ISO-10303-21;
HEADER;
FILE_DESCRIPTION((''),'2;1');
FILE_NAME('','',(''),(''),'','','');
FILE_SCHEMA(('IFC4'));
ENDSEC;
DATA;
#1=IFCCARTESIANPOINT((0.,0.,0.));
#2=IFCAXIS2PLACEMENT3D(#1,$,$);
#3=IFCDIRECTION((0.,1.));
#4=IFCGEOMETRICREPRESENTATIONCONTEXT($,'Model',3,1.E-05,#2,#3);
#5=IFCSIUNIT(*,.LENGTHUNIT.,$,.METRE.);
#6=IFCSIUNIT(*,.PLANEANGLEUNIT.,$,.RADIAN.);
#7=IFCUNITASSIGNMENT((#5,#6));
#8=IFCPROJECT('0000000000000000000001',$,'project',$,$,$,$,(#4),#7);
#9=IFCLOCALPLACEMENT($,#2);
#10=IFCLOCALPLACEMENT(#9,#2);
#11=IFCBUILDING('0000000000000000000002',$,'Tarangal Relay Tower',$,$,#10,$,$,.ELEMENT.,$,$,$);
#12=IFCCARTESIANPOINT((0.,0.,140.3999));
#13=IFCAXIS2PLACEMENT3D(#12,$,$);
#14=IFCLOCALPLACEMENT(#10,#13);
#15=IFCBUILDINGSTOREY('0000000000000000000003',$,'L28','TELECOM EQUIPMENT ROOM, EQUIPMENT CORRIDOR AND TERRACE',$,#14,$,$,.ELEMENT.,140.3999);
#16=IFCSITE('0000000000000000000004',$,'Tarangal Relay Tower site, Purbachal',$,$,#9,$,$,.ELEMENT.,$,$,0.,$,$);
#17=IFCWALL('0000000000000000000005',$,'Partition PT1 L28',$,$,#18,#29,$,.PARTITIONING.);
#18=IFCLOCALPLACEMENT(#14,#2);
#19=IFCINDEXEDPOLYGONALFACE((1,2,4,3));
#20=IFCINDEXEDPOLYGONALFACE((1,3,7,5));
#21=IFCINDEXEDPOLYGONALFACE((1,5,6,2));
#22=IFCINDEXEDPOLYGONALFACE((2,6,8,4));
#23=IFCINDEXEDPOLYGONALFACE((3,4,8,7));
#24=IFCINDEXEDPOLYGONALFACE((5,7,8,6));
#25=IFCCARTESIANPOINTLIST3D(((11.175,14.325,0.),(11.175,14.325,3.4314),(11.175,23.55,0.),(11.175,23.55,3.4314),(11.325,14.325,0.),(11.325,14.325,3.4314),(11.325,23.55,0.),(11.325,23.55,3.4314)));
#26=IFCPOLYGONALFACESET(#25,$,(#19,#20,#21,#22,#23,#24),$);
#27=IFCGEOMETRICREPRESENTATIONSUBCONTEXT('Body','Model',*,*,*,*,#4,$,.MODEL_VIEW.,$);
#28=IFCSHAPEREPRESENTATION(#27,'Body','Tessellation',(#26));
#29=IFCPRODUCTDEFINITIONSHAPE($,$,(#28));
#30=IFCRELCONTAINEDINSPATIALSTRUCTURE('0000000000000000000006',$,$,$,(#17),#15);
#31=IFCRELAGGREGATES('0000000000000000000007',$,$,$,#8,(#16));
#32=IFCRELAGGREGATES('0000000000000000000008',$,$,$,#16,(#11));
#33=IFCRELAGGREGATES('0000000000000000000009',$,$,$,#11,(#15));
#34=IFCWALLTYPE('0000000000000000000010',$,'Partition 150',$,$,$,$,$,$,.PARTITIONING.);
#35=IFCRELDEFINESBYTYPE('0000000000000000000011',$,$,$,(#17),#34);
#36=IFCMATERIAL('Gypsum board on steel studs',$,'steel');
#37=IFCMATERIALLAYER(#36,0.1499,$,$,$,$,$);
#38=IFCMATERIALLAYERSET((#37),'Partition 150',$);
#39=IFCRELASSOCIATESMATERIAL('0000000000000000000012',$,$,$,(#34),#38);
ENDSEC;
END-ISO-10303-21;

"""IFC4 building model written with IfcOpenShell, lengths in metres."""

from ifc_helpers import new_model, si_unit, direction, frame, frame_2d, origin, place, context, subcontext, project, spatial, rectangle, extrude, material, layer, layer_set, type_object, element, save


model = new_model("IFC4")

# Units and contexts
model_context = context("Model", 3, precision=1e-05, world=origin(), true_north=direction((0.0, 1.0)))
body_context = subcontext(model_context, "Body", "Model", "MODEL_VIEW")
ifc_project = project(units=[si_unit("LENGTHUNIT", "METRE"), si_unit("PLANEANGLEUNIT", "RADIAN")], contexts=[model_context])

# Site, building, storey
site_placement = place(None, origin())
site = spatial("IfcSite", under=ifc_project, at=site_placement, Name="Tarangal Relay Tower site, Purbachal", CompositionType="ELEMENT", RefElevation=0.0)
building_placement = place(site_placement, origin())
building = spatial("IfcBuilding", under=site, at=building_placement, Name="Tarangal Relay Tower", CompositionType="ELEMENT")
storey_placement = place(building_placement, frame((0.0, 0.0, 140.3999)))
storey = spatial("IfcBuildingStorey", under=building, at=storey_placement, Name="L28", Description="TELECOM EQUIPMENT ROOM, EQUIPMENT CORRIDOR AND TERRACE", CompositionType="ELEMENT", Elevation=140.3999)

# Wall
ifc_material_1 = material(Name="Gypsum board on steel studs", Category="steel")
ifc_layer_1 = layer(ifc_material_1, 0.1499)
ifc_layer_set_1 = layer_set([ifc_layer_1], Name="Partition 150")
wall_type_1 = type_object("IfcWallType", Name="Partition 150", PredefinedType="PARTITIONING", material=ifc_layer_set_1)
wall_1_placement = place(storey_placement, frame((11.25, 14.325, 0.0), z_axis=(0.0, 0.0, 1.0), x_axis=(0.0, 1.0, 0.0)))
element("IfcWall", 1, at=wall_1_placement, inside=storey, type_object=wall_type_1, Name="Partition PT1 L28", PredefinedType="PARTITIONING", context=body_context, shape_type="SweptSolid", body=[
    extrude(rectangle(XDim=9.2251, YDim=0.1499, at=frame_2d((4.6125, 0.0))), origin(), (0.0, 0.0, 1.0), 3.4314),
])

save(model, "model.ifc")
